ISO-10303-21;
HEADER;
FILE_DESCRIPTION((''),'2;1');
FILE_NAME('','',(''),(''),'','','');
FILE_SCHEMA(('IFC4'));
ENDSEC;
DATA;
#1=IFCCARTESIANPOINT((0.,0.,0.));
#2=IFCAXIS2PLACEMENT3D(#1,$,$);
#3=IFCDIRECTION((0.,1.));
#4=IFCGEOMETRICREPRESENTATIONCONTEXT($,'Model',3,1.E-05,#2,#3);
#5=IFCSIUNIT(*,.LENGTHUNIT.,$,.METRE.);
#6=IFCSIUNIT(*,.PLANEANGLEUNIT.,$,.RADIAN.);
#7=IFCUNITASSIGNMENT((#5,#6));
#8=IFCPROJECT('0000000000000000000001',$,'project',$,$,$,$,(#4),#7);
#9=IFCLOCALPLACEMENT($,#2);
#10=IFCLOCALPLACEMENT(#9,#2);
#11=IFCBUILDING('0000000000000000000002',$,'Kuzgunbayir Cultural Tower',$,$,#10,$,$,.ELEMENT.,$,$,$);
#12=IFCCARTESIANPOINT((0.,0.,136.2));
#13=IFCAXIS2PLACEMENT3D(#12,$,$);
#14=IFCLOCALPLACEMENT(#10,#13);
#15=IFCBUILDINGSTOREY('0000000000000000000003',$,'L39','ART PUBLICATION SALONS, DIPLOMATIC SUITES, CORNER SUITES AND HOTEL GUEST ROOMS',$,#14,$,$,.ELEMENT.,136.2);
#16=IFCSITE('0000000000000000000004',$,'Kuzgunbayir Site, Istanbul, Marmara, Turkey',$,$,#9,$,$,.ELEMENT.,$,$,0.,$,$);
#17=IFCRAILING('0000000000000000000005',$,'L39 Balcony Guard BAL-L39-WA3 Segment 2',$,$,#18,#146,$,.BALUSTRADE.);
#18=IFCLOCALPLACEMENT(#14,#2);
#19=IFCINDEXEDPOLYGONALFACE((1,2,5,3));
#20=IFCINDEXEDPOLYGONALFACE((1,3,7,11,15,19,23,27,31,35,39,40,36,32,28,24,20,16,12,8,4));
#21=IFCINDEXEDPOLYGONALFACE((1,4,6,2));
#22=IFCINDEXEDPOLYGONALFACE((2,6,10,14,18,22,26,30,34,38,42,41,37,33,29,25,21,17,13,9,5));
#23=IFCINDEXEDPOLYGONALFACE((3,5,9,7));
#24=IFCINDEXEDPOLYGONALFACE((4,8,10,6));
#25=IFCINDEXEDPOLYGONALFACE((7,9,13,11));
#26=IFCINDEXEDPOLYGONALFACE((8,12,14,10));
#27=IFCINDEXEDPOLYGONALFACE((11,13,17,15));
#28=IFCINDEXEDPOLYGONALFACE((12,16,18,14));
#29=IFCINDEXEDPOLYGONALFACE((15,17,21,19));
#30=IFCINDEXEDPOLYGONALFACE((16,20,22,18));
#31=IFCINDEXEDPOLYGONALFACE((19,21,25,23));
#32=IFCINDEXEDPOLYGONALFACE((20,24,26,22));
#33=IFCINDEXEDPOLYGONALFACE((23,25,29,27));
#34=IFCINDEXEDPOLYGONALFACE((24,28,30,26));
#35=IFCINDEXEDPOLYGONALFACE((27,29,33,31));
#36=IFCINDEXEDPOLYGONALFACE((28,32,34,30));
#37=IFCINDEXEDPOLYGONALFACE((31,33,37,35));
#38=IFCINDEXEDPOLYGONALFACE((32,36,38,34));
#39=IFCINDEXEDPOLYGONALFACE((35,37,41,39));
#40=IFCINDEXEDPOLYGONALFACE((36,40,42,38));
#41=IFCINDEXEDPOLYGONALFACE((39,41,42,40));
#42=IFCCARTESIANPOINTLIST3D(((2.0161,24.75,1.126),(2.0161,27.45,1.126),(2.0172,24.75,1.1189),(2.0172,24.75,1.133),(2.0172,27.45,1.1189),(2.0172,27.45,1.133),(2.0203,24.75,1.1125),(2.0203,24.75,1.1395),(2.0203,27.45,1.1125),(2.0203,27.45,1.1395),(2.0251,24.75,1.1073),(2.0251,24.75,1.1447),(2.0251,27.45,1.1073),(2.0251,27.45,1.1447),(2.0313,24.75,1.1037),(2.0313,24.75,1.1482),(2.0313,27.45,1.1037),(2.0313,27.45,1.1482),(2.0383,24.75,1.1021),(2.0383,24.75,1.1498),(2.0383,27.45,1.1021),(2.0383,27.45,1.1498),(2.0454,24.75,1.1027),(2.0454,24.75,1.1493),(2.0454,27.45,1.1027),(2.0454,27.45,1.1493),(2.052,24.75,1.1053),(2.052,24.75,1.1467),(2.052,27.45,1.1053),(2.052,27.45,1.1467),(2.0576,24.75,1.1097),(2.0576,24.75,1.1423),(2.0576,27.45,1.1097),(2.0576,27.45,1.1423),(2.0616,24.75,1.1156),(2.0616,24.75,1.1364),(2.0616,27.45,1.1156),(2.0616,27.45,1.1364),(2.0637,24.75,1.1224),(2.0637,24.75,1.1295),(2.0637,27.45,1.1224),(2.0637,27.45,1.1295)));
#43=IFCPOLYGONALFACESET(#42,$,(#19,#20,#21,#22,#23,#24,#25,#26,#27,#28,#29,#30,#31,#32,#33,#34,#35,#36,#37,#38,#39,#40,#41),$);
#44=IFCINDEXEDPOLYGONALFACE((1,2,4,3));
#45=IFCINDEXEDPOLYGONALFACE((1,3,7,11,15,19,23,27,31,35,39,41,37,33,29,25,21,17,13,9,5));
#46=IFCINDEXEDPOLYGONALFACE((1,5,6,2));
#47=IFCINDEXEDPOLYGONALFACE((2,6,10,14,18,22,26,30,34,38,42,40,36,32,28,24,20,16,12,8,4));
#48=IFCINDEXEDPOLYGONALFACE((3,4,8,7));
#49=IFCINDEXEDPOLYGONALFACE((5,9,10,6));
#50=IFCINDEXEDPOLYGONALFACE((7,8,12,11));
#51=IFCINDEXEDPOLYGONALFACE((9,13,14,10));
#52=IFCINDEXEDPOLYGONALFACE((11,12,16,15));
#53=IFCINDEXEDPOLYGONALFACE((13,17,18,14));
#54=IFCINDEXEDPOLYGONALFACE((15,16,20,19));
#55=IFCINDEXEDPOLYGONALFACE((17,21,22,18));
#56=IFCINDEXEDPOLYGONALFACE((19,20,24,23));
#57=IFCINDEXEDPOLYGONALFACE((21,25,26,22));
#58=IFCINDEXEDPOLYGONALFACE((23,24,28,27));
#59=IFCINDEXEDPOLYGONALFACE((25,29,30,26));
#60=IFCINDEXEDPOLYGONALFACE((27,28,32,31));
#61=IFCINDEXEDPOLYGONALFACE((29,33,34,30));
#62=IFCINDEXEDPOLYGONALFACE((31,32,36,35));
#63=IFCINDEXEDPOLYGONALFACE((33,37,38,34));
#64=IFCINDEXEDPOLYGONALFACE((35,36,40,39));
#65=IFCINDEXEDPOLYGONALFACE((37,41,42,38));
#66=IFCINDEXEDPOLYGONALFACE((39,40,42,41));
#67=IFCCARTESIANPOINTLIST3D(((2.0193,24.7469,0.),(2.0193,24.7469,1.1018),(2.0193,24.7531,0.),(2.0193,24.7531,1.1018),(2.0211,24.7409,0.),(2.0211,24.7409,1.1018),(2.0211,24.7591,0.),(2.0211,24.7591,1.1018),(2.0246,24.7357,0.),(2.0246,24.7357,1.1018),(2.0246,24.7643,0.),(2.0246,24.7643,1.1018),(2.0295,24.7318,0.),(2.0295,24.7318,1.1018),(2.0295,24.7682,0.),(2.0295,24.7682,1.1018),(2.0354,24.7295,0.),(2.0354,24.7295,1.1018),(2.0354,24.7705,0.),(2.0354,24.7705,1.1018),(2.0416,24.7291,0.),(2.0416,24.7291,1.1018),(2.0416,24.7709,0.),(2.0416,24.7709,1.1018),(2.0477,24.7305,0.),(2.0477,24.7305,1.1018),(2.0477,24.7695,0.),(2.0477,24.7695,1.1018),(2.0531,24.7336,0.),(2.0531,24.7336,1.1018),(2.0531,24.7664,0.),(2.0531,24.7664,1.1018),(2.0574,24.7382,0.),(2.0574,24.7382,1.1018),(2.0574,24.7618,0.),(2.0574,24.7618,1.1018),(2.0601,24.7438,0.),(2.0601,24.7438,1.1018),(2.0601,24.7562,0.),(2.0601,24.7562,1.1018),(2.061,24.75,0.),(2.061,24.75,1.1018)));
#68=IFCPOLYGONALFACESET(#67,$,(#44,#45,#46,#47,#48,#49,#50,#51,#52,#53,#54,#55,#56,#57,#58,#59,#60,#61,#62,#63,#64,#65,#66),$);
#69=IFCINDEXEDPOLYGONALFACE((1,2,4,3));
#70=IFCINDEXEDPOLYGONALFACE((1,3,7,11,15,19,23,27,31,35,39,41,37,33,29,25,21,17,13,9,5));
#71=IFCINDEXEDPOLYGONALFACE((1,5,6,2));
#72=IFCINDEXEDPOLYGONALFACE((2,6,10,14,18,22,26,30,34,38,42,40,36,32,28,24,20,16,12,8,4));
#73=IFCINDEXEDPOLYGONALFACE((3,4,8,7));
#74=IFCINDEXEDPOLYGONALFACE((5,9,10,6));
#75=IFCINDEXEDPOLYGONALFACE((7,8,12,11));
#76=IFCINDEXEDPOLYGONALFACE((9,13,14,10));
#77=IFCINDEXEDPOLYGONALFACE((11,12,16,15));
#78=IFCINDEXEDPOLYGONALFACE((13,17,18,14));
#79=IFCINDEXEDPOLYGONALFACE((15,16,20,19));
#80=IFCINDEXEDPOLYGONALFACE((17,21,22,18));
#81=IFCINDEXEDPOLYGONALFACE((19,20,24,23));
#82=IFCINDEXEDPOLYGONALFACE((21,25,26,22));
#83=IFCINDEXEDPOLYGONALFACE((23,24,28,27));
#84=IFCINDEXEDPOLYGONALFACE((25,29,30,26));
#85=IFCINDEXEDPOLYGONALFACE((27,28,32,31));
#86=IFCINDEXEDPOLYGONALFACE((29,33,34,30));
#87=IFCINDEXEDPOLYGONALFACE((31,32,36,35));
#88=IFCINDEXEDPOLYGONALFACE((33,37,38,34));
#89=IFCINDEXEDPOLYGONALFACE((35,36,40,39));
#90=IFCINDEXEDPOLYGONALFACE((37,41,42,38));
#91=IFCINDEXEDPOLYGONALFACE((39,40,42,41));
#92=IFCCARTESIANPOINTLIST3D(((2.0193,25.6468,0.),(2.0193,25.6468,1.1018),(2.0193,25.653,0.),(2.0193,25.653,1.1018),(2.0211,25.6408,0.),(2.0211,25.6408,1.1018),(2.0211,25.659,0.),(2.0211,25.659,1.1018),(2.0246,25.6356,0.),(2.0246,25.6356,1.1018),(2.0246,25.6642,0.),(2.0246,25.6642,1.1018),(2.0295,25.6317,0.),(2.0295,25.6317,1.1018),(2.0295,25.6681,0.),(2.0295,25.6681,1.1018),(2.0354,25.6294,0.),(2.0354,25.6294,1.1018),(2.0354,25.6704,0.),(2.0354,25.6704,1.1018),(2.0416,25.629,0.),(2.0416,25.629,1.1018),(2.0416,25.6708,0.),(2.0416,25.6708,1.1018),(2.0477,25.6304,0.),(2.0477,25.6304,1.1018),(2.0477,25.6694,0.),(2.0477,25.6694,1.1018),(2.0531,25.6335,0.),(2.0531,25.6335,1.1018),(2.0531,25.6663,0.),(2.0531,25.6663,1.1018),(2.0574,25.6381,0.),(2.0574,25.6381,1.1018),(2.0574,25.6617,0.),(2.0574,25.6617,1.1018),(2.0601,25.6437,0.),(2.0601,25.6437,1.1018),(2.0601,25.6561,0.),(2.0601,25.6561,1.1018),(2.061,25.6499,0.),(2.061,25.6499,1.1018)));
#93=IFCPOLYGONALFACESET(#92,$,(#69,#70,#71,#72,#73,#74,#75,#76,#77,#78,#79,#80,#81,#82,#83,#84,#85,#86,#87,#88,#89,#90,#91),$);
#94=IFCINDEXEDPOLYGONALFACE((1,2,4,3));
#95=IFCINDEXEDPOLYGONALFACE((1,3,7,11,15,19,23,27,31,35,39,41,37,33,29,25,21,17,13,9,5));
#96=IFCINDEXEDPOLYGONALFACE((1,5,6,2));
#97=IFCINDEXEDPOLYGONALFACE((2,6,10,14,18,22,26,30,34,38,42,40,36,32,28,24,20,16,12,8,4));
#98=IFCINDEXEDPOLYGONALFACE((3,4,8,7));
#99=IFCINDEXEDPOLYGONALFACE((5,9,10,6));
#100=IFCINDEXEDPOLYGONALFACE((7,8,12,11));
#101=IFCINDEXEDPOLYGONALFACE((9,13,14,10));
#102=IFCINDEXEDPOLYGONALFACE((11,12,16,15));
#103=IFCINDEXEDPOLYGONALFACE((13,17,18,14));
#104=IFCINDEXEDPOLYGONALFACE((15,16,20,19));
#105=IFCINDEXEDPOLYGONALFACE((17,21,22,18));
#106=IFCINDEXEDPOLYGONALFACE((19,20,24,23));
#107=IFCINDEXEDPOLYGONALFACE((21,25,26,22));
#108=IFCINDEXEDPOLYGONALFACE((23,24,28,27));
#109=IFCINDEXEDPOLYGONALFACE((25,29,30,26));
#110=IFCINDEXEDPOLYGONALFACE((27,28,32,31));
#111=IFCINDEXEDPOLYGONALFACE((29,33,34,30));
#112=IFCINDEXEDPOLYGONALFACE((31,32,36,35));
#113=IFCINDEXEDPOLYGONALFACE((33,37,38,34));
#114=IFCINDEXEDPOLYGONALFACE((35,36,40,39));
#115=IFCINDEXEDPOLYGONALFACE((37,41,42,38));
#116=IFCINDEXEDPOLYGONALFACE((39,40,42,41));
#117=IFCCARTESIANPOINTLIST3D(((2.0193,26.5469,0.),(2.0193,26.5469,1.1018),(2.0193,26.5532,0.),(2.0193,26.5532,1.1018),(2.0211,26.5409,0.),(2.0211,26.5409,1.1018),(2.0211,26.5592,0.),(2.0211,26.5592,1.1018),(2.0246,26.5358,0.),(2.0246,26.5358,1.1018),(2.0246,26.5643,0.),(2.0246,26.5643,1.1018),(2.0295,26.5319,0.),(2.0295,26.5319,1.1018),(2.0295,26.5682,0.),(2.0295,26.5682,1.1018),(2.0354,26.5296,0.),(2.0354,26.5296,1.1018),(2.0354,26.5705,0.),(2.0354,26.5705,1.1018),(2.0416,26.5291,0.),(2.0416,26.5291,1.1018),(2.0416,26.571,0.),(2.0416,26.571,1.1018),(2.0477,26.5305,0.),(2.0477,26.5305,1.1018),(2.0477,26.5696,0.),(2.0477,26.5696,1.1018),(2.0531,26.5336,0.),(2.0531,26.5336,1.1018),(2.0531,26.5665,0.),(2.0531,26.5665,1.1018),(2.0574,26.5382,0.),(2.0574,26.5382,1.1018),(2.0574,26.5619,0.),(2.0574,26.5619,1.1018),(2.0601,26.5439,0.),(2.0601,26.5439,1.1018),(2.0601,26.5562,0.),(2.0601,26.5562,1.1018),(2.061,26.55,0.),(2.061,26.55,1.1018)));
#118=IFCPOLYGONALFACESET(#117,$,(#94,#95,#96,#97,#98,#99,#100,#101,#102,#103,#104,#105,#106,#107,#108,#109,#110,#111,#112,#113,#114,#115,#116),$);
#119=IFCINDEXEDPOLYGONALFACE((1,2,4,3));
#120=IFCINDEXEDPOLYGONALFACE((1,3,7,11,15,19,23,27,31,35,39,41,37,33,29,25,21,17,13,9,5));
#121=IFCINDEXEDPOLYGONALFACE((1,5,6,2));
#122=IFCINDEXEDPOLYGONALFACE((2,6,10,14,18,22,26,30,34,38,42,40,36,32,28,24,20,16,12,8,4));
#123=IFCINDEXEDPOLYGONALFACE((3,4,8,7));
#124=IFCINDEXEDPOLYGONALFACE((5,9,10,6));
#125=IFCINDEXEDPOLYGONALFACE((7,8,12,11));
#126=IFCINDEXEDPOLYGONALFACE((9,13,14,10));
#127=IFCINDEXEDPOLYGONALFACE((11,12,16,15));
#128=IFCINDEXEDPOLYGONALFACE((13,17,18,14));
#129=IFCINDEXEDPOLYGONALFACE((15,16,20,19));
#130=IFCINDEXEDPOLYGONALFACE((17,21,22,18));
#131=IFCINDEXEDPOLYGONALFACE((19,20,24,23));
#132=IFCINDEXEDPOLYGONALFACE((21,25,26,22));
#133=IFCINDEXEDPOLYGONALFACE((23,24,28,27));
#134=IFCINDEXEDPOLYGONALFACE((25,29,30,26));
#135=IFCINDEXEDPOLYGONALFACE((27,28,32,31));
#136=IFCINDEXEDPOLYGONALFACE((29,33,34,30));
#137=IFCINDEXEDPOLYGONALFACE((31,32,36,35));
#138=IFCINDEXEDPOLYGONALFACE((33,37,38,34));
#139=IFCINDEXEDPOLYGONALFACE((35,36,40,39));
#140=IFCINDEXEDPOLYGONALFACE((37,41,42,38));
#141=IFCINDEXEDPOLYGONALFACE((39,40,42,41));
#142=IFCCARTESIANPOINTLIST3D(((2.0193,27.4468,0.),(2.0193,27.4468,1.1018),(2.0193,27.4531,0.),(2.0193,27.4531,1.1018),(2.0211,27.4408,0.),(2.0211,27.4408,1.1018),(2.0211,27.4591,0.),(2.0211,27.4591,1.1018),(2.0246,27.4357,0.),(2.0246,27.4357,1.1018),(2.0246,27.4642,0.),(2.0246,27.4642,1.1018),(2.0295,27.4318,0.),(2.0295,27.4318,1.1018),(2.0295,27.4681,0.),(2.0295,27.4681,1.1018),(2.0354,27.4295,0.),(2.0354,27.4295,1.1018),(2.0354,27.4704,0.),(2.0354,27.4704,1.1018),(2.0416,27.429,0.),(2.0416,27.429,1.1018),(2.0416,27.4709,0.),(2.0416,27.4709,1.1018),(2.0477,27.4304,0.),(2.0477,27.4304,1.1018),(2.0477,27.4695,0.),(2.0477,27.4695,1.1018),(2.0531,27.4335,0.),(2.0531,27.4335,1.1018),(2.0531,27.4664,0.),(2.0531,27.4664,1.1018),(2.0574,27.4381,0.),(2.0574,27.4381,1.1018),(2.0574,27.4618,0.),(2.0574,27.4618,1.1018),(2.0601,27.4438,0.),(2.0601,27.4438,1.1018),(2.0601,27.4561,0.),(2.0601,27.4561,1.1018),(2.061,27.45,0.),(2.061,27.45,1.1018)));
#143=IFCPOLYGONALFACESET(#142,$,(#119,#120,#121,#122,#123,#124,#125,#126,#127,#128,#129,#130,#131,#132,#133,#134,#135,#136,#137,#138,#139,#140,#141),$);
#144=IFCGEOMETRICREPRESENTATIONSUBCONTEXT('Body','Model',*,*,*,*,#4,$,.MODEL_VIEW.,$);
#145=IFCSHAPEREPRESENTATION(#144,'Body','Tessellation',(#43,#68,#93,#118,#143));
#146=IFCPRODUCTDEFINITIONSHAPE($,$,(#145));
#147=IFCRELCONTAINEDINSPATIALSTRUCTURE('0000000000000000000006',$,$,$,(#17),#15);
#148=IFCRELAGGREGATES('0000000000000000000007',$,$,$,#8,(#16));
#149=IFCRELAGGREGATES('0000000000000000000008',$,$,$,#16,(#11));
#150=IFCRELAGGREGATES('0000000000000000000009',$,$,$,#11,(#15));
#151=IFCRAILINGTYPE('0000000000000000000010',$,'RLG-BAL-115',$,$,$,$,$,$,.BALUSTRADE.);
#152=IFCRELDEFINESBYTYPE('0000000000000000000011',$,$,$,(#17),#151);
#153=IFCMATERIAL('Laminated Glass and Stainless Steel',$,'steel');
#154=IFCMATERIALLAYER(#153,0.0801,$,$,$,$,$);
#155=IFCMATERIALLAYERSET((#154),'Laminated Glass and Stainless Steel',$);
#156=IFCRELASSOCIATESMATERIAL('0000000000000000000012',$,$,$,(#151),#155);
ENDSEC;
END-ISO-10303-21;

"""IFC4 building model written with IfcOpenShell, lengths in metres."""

from ifc_helpers import new_model, si_unit, direction, frame, origin, origin_2d, place, context, subcontext, project, spatial, circle, extrude, material, layer, layer_set, type_object, element, save


model = new_model("IFC4")

# Units and contexts
model_context = context("Model", 3, precision=1e-05, world=origin(), true_north=direction((0.0, 1.0)))
body_context = subcontext(model_context, "Body", "Model", "MODEL_VIEW")
ifc_project = project(units=[si_unit("LENGTHUNIT", "METRE"), si_unit("PLANEANGLEUNIT", "RADIAN")], contexts=[model_context])

# Site, building, storey
site_placement = place(None, origin())
site = spatial("IfcSite", under=ifc_project, at=site_placement, Name="Kuzgunbayir Site, Istanbul, Marmara, Turkey", CompositionType="ELEMENT", RefElevation=0.0)
building_placement = place(site_placement, origin())
building = spatial("IfcBuilding", under=site, at=building_placement, Name="Kuzgunbayir Cultural Tower", CompositionType="ELEMENT")
storey_placement = place(building_placement, frame((0.0, 0.0, 136.2)))
storey = spatial("IfcBuildingStorey", under=building, at=storey_placement, Name="L39", Description="ART PUBLICATION SALONS, DIPLOMATIC SUITES, CORNER SUITES AND HOTEL GUEST ROOMS", CompositionType="ELEMENT", Elevation=136.2)

# Railing
ifc_material_1 = material(Name="Laminated Glass and Stainless Steel", Category="steel")
ifc_layer_1 = layer(ifc_material_1, 0.0801)
ifc_layer_set_1 = layer_set([ifc_layer_1], Name="Laminated Glass and Stainless Steel")
railing_type = type_object("IfcRailingType", Name="RLG-BAL-115", PredefinedType="BALUSTRADE", material=ifc_layer_set_1)
railing_1_placement = place(storey_placement, frame((2.04, 24.75, 0.0)))
element("IfcRailing", 1, at=railing_1_placement, inside=storey, type_object=railing_type, Name="L39 Balcony Guard BAL-L39-WA3 Segment 2", PredefinedType="BALUSTRADE", context=body_context, shape_type="SweptSolid", body=[
    extrude(circle(Radius=0.0239, at=origin_2d()), frame((0.0, 0.0, 1.126), z_axis=(0.0, 1.0, 0.0), x_axis=(-1.0, 0.0, 0.0)), (0.0, 0.0, 1.0), 2.7),
    extrude(circle(Radius=0.021, at=origin_2d()), origin(), (0.0, 0.0, 1.0), 1.1018),
    extrude(circle(Radius=0.021, at=origin_2d()), frame((0.0, 0.8999, 0.0)), (0.0, 0.0, 1.0), 1.1018),
    extrude(circle(Radius=0.021, at=origin_2d()), frame((0.0, 1.8, 0.0)), (0.0, 0.0, 1.0), 1.1018),
    extrude(circle(Radius=0.021, at=origin_2d()), frame((0.0, 2.7, 0.0)), (0.0, 0.0, 1.0), 1.1018),
])

save(model, "model.ifc")
